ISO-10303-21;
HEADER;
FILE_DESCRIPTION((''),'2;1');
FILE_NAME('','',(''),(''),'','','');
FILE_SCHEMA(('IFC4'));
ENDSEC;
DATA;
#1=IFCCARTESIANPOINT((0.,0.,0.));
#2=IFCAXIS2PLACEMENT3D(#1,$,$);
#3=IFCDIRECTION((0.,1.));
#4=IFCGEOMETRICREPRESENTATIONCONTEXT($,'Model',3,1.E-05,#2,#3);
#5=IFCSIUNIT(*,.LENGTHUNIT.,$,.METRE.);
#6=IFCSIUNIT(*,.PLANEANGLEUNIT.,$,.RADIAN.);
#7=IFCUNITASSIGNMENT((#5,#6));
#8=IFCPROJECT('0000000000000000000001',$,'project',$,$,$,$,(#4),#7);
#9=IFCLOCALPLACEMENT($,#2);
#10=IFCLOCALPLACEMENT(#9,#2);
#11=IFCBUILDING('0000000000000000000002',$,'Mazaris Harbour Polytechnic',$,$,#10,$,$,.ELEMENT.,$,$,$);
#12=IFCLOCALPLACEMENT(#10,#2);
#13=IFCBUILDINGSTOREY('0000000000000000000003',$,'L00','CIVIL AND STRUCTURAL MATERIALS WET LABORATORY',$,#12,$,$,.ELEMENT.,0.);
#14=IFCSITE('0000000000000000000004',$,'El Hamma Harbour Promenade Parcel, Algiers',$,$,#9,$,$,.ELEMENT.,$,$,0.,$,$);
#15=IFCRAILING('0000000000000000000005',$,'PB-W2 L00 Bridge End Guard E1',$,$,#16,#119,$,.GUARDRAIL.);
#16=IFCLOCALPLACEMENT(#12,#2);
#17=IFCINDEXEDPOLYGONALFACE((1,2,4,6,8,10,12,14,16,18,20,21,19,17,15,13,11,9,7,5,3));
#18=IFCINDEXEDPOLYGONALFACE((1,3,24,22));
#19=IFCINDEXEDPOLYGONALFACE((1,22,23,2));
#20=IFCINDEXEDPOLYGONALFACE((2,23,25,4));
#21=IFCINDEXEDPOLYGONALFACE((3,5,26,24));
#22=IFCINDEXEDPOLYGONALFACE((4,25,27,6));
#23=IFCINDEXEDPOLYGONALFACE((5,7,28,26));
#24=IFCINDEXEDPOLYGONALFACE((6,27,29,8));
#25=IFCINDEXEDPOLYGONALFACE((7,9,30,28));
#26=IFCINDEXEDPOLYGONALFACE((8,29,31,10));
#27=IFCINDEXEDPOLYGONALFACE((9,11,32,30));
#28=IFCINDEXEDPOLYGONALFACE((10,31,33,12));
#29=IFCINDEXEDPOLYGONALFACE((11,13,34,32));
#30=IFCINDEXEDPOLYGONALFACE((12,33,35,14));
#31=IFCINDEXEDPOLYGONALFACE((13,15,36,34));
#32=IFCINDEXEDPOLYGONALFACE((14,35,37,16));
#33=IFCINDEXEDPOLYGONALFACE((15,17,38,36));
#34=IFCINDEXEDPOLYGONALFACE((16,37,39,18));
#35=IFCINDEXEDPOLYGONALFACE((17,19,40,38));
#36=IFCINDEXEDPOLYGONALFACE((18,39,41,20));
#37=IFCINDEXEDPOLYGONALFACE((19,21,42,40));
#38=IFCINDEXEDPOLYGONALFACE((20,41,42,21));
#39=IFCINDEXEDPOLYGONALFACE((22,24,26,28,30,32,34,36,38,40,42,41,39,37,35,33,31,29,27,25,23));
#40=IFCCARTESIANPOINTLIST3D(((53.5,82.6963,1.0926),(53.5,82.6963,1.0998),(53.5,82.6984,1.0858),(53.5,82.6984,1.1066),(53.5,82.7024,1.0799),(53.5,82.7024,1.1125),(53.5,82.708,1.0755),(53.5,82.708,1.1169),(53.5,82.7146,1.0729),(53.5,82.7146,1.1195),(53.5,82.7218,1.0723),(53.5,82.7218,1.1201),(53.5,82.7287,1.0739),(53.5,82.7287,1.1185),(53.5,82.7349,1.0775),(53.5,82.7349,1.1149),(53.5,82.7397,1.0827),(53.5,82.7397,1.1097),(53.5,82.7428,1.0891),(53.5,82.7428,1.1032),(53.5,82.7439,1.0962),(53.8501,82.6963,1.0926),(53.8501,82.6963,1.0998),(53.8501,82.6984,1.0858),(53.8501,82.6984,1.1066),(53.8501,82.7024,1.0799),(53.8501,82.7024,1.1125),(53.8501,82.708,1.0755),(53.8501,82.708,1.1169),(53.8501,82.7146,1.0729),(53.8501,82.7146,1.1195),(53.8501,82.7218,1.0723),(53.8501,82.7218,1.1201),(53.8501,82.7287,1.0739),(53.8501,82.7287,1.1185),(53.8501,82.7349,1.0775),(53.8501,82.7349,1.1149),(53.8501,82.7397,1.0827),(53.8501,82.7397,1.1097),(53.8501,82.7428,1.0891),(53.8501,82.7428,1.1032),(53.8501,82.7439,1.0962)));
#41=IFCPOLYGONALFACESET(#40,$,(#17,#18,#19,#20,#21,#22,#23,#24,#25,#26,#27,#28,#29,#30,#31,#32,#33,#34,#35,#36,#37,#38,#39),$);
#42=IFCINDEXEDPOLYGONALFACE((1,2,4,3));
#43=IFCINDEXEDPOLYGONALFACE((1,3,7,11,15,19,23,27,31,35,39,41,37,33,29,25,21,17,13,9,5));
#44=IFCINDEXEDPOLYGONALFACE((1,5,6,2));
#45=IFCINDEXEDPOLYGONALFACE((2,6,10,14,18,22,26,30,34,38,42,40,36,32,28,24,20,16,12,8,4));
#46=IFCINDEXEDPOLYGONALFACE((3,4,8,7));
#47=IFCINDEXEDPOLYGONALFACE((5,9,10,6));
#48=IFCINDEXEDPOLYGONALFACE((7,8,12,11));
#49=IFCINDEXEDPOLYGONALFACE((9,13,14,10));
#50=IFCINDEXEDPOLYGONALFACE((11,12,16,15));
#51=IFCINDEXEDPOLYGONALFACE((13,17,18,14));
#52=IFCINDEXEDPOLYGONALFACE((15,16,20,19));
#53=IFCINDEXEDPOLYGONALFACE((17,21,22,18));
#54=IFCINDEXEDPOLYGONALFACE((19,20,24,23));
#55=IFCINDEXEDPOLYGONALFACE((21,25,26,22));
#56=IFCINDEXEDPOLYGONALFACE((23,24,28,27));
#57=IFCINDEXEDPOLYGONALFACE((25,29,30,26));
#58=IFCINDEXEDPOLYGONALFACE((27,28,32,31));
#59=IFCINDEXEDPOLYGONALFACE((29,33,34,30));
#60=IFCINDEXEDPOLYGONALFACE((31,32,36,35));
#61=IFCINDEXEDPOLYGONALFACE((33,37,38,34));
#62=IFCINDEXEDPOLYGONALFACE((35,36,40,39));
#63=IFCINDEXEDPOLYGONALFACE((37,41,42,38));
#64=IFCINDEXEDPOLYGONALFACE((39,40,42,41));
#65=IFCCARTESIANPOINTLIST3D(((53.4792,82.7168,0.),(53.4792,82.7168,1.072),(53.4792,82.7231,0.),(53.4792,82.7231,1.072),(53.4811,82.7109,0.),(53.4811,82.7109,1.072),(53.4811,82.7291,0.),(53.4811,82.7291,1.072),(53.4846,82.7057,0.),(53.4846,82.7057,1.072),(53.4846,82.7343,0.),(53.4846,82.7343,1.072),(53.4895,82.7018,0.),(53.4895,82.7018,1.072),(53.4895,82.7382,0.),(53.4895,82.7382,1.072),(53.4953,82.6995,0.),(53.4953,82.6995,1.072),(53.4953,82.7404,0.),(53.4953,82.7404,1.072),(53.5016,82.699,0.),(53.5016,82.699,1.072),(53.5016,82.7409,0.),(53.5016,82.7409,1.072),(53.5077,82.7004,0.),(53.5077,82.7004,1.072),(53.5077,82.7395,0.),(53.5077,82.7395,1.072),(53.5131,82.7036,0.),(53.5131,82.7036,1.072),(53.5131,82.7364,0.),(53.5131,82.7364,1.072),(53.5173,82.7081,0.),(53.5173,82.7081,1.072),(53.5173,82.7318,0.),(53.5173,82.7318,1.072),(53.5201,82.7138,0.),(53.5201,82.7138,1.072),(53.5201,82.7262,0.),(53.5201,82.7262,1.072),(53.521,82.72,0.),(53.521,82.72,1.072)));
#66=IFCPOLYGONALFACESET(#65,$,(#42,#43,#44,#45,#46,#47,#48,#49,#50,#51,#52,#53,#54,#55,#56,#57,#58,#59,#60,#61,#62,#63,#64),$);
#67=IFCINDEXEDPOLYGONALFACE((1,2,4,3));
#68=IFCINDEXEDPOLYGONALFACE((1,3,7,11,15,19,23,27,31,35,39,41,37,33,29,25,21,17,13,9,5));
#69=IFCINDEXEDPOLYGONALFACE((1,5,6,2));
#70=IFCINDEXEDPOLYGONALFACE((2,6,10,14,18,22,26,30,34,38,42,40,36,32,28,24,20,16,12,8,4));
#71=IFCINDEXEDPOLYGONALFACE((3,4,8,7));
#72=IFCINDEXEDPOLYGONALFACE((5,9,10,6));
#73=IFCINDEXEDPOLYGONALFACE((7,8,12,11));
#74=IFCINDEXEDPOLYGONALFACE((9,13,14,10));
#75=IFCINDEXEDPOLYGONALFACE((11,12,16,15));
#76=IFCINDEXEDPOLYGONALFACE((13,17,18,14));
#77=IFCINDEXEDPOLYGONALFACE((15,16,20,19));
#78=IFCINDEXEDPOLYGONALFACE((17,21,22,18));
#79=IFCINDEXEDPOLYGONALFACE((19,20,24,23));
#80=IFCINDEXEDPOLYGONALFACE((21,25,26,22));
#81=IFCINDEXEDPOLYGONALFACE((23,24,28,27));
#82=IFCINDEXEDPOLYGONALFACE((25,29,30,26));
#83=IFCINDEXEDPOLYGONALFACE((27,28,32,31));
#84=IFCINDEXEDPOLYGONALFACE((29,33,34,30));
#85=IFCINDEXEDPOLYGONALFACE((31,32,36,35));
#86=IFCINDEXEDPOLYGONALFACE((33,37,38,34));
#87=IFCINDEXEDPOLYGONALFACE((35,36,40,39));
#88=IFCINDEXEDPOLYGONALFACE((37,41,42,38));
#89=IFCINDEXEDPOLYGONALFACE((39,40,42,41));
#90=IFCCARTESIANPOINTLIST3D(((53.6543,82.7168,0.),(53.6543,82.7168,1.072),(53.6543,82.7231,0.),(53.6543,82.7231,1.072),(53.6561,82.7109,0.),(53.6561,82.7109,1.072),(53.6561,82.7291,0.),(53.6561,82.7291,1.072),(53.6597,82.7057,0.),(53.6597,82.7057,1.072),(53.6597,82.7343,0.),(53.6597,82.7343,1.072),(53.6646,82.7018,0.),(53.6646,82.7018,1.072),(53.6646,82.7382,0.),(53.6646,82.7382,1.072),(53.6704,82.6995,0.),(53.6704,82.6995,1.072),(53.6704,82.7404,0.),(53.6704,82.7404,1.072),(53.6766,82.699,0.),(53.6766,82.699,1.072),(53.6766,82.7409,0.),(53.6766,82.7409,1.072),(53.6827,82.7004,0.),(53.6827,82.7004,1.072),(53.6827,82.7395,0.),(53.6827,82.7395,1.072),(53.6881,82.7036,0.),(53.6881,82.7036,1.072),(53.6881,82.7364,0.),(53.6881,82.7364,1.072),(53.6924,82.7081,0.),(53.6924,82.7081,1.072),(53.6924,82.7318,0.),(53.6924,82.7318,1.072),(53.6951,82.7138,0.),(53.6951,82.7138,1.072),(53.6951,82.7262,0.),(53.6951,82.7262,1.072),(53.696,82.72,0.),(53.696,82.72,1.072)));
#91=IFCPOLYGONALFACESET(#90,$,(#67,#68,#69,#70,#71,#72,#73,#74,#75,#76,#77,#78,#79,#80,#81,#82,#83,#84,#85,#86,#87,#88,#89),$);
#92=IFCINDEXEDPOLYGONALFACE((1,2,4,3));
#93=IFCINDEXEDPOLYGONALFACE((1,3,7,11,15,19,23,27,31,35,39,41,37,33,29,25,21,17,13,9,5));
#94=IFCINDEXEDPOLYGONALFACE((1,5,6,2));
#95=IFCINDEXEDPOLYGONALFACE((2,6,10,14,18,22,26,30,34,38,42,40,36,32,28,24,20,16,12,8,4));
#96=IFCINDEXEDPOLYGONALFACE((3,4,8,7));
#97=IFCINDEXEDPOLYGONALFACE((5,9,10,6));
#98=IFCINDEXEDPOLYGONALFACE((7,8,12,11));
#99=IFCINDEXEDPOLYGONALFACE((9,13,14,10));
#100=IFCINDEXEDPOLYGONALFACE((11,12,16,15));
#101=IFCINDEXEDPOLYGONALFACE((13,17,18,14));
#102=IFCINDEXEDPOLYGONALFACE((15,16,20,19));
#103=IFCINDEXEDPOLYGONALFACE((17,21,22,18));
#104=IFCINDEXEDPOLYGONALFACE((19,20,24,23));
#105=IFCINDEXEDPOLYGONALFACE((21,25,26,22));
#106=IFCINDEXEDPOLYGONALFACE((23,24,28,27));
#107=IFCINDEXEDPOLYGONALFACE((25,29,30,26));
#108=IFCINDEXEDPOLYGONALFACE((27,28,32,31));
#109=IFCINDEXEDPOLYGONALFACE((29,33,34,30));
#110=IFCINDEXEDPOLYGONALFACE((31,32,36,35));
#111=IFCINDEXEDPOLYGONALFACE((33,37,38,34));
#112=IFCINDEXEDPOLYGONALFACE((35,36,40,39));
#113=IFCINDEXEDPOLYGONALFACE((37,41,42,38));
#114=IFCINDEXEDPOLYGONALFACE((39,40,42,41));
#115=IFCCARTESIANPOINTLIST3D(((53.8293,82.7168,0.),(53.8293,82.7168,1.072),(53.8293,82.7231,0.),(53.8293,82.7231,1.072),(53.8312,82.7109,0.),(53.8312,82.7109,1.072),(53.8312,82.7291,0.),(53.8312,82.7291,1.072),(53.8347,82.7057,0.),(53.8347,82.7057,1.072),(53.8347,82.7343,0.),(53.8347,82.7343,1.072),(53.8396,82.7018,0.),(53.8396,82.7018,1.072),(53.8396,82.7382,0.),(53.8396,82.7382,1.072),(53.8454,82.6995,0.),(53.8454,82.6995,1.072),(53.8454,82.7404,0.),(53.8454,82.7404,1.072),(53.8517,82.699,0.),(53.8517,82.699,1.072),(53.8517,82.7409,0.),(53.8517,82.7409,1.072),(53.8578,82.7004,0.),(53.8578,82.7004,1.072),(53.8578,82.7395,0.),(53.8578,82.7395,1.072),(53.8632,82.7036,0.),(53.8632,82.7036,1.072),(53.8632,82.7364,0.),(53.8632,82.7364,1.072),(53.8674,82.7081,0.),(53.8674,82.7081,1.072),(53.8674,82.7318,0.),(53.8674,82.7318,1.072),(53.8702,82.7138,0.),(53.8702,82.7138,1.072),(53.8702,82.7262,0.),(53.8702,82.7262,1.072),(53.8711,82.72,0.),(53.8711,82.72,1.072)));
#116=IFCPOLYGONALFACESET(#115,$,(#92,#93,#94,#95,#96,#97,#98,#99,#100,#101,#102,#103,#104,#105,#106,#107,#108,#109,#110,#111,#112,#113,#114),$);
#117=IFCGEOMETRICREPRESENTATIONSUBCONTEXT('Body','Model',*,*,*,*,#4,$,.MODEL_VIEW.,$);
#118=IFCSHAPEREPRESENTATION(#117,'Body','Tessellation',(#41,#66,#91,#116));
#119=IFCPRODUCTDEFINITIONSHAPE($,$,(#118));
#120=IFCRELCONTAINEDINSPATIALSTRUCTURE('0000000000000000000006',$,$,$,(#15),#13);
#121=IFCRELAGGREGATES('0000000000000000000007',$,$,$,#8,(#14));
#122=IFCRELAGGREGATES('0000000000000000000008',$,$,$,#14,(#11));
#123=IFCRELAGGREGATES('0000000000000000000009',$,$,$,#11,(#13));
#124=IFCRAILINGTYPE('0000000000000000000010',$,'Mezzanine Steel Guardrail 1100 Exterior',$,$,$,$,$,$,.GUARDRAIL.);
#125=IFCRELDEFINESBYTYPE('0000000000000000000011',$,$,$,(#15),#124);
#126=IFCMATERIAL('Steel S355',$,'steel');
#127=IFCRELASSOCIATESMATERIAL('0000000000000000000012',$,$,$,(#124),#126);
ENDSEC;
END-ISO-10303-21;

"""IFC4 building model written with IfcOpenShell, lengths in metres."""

from ifc_helpers import new_model, si_unit, direction, frame, origin, origin_2d, place, context, subcontext, project, spatial, circle, extrude, material, type_object, element, save


model = new_model("IFC4")

# Units and contexts
model_context = context("Model", 3, precision=1e-05, world=origin(), true_north=direction((0.0, 1.0)))
body_context = subcontext(model_context, "Body", "Model", "MODEL_VIEW")
ifc_project = project(units=[si_unit("LENGTHUNIT", "METRE"), si_unit("PLANEANGLEUNIT", "RADIAN")], contexts=[model_context])

# Site, building, storey
site_placement = place(None, origin())
site = spatial("IfcSite", under=ifc_project, at=site_placement, Name="El Hamma Harbour Promenade Parcel, Algiers", CompositionType="ELEMENT", RefElevation=0.0)
building_placement = place(site_placement, origin())
building = spatial("IfcBuilding", under=site, at=building_placement, Name="Mazaris Harbour Polytechnic", CompositionType="ELEMENT")
storey_placement = place(building_placement, origin())
storey = spatial("IfcBuildingStorey", under=building, at=storey_placement, Name="L00", Description="CIVIL AND STRUCTURAL MATERIALS WET LABORATORY", CompositionType="ELEMENT", Elevation=0.0)

# Railing
ifc_material_1 = material(Name="Steel S355", Category="steel")
railing_type = type_object("IfcRailingType", Name="Mezzanine Steel Guardrail 1100 Exterior", PredefinedType="GUARDRAIL", material=ifc_material_1)
railing_placement = place(storey_placement, frame((53.5, 82.72, 0.0)))
element("IfcRailing", 1, at=railing_placement, inside=storey, type_object=railing_type, Name="PB-W2 L00 Bridge End Guard E1", PredefinedType="GUARDRAIL", context=body_context, shape_type="SweptSolid", body=[
    extrude(circle(Radius=0.0239, at=origin_2d()), frame((0.0, 0.0, 1.0962), z_axis=(1.0, 0.0, 0.0), x_axis=(0.0, 1.0, 0.0)), (0.0, 0.0, 1.0), 0.3501),
    extrude(circle(Radius=0.021, at=origin_2d()), origin(), (0.0, 0.0, 1.0), 1.072),
    extrude(circle(Radius=0.021, at=origin_2d()), frame((0.175, 0.0, 0.0)), (0.0, 0.0, 1.0), 1.072),
    extrude(circle(Radius=0.021, at=origin_2d()), frame((0.3501, 0.0, 0.0)), (0.0, 0.0, 1.0), 1.072),
])

save(model, "model.ifc")
